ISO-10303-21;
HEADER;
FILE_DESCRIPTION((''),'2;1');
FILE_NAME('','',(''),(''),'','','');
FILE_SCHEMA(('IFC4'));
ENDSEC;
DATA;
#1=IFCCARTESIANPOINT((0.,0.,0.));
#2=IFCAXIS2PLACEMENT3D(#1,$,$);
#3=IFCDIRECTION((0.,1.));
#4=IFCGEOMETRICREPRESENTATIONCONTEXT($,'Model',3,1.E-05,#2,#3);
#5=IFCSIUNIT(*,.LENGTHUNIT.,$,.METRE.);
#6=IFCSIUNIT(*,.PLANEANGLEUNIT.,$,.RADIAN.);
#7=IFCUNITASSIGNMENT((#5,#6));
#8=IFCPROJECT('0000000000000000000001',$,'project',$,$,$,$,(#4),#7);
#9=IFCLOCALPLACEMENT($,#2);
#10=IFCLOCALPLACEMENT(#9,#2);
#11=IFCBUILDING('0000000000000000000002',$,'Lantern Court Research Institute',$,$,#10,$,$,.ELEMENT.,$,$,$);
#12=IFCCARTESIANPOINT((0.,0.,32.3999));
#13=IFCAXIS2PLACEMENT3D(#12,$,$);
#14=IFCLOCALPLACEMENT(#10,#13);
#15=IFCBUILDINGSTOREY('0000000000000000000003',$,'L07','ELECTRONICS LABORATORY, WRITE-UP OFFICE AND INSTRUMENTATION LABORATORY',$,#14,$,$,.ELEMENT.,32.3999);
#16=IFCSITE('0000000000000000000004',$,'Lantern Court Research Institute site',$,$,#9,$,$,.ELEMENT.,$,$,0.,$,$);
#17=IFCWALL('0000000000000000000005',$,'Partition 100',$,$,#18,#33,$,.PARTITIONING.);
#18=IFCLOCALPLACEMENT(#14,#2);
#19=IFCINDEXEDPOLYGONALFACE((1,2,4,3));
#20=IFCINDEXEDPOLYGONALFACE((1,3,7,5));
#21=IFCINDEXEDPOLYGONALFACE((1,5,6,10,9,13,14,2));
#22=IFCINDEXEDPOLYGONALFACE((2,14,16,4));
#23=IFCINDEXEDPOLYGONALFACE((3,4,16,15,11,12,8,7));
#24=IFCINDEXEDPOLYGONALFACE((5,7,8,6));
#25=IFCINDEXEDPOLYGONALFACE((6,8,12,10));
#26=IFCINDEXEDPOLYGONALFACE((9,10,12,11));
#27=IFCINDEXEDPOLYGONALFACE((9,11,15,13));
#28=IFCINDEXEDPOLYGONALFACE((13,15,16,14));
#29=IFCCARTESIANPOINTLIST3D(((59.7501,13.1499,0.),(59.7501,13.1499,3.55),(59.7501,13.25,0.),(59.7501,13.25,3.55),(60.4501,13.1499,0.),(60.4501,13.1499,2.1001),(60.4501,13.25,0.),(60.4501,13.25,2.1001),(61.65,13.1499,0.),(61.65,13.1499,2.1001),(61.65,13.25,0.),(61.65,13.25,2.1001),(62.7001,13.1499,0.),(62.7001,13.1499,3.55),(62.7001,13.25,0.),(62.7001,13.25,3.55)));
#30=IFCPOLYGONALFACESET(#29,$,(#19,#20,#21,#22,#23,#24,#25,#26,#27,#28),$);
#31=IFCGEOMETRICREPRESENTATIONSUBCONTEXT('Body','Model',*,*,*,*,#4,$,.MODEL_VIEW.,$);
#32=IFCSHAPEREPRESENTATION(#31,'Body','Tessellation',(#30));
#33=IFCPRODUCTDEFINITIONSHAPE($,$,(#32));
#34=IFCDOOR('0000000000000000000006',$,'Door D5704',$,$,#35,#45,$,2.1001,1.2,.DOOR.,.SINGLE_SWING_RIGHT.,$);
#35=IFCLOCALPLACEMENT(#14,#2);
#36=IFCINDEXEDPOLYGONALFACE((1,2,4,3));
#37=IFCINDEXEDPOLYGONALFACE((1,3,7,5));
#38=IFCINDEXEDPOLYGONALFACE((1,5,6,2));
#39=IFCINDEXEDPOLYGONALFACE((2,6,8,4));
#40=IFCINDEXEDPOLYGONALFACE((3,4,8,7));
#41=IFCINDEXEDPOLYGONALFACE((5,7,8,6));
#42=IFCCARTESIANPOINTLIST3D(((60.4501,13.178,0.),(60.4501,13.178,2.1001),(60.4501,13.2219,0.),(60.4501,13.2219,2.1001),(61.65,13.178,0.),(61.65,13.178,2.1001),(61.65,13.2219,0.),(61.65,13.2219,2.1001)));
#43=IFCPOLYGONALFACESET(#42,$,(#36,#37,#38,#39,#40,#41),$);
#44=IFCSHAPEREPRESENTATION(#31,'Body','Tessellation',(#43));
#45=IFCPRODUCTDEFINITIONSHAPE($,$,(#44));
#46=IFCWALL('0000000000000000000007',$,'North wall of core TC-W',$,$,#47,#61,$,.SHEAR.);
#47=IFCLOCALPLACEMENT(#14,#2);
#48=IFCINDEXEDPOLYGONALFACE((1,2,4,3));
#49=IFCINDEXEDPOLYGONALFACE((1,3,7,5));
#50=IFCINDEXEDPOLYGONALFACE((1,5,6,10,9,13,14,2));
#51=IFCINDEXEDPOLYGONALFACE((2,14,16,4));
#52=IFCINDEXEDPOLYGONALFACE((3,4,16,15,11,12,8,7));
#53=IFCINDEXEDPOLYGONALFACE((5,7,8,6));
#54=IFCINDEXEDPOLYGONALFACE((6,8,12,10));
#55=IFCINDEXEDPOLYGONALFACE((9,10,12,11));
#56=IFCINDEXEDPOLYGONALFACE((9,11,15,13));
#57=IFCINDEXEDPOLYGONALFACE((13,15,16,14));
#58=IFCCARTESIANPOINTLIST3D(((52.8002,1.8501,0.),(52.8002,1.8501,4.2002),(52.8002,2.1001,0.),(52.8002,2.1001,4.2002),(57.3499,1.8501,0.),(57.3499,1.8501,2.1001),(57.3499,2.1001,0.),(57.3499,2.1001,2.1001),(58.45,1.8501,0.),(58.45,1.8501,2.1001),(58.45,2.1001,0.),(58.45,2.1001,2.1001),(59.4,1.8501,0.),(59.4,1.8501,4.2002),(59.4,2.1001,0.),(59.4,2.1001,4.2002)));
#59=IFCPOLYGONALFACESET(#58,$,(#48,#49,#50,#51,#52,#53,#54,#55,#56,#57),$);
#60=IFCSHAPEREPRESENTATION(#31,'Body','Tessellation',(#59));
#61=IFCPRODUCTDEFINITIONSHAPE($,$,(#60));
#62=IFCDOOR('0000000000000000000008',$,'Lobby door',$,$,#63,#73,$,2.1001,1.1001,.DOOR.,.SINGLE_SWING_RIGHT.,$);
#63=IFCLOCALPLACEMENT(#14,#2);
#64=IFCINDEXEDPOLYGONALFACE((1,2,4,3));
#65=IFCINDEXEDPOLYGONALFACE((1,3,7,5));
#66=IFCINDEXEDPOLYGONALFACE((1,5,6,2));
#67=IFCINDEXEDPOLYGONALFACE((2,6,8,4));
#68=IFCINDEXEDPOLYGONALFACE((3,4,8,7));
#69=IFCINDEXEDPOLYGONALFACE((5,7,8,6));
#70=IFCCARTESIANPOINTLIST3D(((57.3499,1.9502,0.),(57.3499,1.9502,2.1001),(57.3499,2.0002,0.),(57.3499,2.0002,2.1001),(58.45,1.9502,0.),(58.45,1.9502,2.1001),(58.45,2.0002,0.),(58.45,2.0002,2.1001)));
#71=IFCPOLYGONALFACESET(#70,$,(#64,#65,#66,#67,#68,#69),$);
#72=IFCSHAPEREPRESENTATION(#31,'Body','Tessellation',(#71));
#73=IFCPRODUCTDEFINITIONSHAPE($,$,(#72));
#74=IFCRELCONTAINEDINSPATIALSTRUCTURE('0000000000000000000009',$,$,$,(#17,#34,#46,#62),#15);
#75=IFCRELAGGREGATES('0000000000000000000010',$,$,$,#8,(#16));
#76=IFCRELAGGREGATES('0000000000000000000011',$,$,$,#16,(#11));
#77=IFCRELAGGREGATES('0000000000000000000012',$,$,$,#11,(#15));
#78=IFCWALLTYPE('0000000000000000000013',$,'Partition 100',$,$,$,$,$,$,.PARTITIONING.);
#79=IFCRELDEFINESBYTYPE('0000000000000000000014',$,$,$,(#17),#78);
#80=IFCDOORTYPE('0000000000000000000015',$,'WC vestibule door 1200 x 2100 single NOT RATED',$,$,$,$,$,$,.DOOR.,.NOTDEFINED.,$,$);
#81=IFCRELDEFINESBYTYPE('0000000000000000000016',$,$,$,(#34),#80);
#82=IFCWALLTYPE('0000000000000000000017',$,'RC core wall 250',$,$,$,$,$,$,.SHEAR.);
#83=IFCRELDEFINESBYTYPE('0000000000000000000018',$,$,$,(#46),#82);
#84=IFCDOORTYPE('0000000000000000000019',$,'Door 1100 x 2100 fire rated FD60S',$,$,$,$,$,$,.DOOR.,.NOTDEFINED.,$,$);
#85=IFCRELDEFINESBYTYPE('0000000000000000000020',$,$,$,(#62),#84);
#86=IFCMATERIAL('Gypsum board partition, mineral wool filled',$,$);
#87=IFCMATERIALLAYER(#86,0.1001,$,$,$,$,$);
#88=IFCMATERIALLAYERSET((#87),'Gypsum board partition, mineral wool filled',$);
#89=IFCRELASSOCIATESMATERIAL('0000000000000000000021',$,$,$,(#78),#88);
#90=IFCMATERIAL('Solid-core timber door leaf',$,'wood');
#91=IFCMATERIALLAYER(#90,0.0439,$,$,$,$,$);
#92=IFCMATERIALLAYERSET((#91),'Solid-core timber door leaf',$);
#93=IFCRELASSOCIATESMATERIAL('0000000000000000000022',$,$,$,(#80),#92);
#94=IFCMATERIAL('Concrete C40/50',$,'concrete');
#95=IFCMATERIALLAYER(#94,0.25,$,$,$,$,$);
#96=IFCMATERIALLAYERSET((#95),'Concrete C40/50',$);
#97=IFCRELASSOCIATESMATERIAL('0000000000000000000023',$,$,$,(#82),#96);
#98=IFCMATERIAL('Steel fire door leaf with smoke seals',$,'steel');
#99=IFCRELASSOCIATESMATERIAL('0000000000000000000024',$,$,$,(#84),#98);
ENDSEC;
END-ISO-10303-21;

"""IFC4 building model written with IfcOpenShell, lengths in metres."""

from ifc_helpers import new_model, si_unit, direction, frame, frame_2d, origin, place, context, subcontext, project, spatial, rectangle, extrude, material, layer, layer_set, type_object, element, fill, save


model = new_model("IFC4")

# Units and contexts
model_context = context("Model", 3, precision=1e-05, world=origin(), true_north=direction((0.0, 1.0)))
body_context = subcontext(model_context, "Body", "Model", "MODEL_VIEW")
ifc_project = project(units=[si_unit("LENGTHUNIT", "METRE"), si_unit("PLANEANGLEUNIT", "RADIAN")], contexts=[model_context])

# Site, building, storey
site_placement = place(None, origin())
site = spatial("IfcSite", under=ifc_project, at=site_placement, Name="Lantern Court Research Institute site", CompositionType="ELEMENT", RefElevation=0.0)
building_placement = place(site_placement, origin())
building = spatial("IfcBuilding", under=site, at=building_placement, Name="Lantern Court Research Institute", CompositionType="ELEMENT")
storey_placement = place(building_placement, frame((0.0, 0.0, 32.3999)))
storey = spatial("IfcBuildingStorey", under=building, at=storey_placement, Name="L07", Description="ELECTRONICS LABORATORY, WRITE-UP OFFICE AND INSTRUMENTATION LABORATORY", CompositionType="ELEMENT", Elevation=32.3999)

# Walls, openings, doors
ifc_material_1 = material(Name="Gypsum board partition, mineral wool filled")
ifc_layer_1 = layer(ifc_material_1, 0.1001)
ifc_layer_set_1 = layer_set([ifc_layer_1], Name="Gypsum board partition, mineral wool filled")
wall_type_1 = type_object("IfcWallType", Name="Partition 100", PredefinedType="PARTITIONING", material=ifc_layer_set_1)
wall_1_placement = place(storey_placement, frame((59.75, 13.2, 0.0), z_axis=(0.0, 0.0, 1.0), x_axis=(1.0, 0.0, 0.0)))
wall_1 = element("IfcWall", 1, at=wall_1_placement, inside=storey, type_object=wall_type_1, Name="Partition 100", PredefinedType="PARTITIONING", context=body_context, shape_type="SweptSolid", body=[
    extrude(rectangle(XDim=2.95, YDim=0.1001, at=frame_2d((1.4751, 0.0))), origin(), (0.0, 0.0, 1.0), 3.55),
])
opening_1_placement = place(wall_1_placement, frame((0.7, 0.0, 0.0)))
opening_1 = element("IfcOpeningElement", 2, at=opening_1_placement, cuts=wall_1, PredefinedType="OPENING", context=body_context, shape_type="SweptSolid", body=[
    extrude(rectangle(XDim=1.2, YDim=2.1001, at=frame_2d((0.6001, 1.05))), frame((0.0, 0.0601, 0.0), z_axis=(0.0, -1.0, 0.0), x_axis=(1.0, 0.0, 0.0)), (0.0, 0.0, 1.0), 0.1201),
])
ifc_material_2 = material(Name="Solid-core timber door leaf", Category="wood")
ifc_layer_2 = layer(ifc_material_2, 0.0439)
ifc_layer_set_2 = layer_set([ifc_layer_2], Name="Solid-core timber door leaf")
door_type_1 = type_object("IfcDoorType", Name="WC vestibule door 1200 x 2100 single NOT RATED", OperationType="NOTDEFINED", PredefinedType="DOOR", material=ifc_layer_set_2)
door_1_placement = place(opening_1_placement, origin())
door_1 = element("IfcDoor", 3, at=door_1_placement, inside=storey, type_object=door_type_1, Name="Door D5704", OperationType="SINGLE_SWING_RIGHT", OverallHeight=2.1001, OverallWidth=1.2, PredefinedType="DOOR", context=body_context, shape_type="SweptSolid", body=[
    extrude(rectangle(XDim=1.2, YDim=2.1001, at=frame_2d((0.6001, 1.05))), frame((0.0, 0.022, 0.0), z_axis=(0.0, -1.0, 0.0), x_axis=(1.0, 0.0, 0.0)), (0.0, 0.0, 1.0), 0.0439),
])
fill(opening_1, door_1)
ifc_material_3 = material(Name="Concrete C40/50", Category="concrete")
ifc_layer_3 = layer(ifc_material_3, 0.25)
ifc_layer_set_3 = layer_set([ifc_layer_3], Name="Concrete C40/50")
wall_type_2 = type_object("IfcWallType", Name="RC core wall 250", PredefinedType="SHEAR", material=ifc_layer_set_3)
wall_2_placement = place(storey_placement, frame((59.3999, 1.9751, 0.0), z_axis=(0.0, 0.0, 1.0), x_axis=(-1.0, 0.0, 0.0)))
wall_2 = element("IfcWall", 4, at=wall_2_placement, inside=storey, type_object=wall_type_2, Name="North wall of core TC-W", PredefinedType="SHEAR", context=body_context, shape_type="SweptSolid", body=[
    extrude(rectangle(XDim=6.5999, YDim=0.25, at=frame_2d((3.2998, 0.0))), origin(), (0.0, 0.0, 1.0), 4.2002),
])
opening_2_placement = place(wall_2_placement, frame((0.95, 0.0, 0.0)))
opening_2 = element("IfcOpeningElement", 5, at=opening_2_placement, cuts=wall_2, PredefinedType="OPENING", context=body_context, shape_type="SweptSolid", body=[
    extrude(rectangle(XDim=1.1001, YDim=2.1001, at=frame_2d((0.55, 1.05))), frame((0.0, 0.135, 0.0), z_axis=(0.0, -1.0, 0.0), x_axis=(1.0, 0.0, 0.0)), (0.0, 0.0, 1.0), 0.27),
])
ifc_material_4 = material(Name="Steel fire door leaf with smoke seals", Category="steel")
door_type_2 = type_object("IfcDoorType", Name="Door 1100 x 2100 fire rated FD60S", OperationType="NOTDEFINED", PredefinedType="DOOR", material=ifc_material_4)
door_2_placement = place(opening_2_placement, origin())
door_2 = element("IfcDoor", 6, at=door_2_placement, inside=storey, type_object=door_type_2, Name="Lobby door", OperationType="SINGLE_SWING_RIGHT", OverallHeight=2.1001, OverallWidth=1.1001, PredefinedType="DOOR", context=body_context, shape_type="SweptSolid", body=[
    extrude(rectangle(XDim=1.1001, YDim=2.1001, at=frame_2d((0.55, 1.05))), frame((0.0, 0.0249, 0.0), z_axis=(0.0, -1.0, 0.0), x_axis=(1.0, 0.0, 0.0)), (0.0, 0.0, 1.0), 0.05),
])
fill(opening_2, door_2)

save(model, "model.ifc")
